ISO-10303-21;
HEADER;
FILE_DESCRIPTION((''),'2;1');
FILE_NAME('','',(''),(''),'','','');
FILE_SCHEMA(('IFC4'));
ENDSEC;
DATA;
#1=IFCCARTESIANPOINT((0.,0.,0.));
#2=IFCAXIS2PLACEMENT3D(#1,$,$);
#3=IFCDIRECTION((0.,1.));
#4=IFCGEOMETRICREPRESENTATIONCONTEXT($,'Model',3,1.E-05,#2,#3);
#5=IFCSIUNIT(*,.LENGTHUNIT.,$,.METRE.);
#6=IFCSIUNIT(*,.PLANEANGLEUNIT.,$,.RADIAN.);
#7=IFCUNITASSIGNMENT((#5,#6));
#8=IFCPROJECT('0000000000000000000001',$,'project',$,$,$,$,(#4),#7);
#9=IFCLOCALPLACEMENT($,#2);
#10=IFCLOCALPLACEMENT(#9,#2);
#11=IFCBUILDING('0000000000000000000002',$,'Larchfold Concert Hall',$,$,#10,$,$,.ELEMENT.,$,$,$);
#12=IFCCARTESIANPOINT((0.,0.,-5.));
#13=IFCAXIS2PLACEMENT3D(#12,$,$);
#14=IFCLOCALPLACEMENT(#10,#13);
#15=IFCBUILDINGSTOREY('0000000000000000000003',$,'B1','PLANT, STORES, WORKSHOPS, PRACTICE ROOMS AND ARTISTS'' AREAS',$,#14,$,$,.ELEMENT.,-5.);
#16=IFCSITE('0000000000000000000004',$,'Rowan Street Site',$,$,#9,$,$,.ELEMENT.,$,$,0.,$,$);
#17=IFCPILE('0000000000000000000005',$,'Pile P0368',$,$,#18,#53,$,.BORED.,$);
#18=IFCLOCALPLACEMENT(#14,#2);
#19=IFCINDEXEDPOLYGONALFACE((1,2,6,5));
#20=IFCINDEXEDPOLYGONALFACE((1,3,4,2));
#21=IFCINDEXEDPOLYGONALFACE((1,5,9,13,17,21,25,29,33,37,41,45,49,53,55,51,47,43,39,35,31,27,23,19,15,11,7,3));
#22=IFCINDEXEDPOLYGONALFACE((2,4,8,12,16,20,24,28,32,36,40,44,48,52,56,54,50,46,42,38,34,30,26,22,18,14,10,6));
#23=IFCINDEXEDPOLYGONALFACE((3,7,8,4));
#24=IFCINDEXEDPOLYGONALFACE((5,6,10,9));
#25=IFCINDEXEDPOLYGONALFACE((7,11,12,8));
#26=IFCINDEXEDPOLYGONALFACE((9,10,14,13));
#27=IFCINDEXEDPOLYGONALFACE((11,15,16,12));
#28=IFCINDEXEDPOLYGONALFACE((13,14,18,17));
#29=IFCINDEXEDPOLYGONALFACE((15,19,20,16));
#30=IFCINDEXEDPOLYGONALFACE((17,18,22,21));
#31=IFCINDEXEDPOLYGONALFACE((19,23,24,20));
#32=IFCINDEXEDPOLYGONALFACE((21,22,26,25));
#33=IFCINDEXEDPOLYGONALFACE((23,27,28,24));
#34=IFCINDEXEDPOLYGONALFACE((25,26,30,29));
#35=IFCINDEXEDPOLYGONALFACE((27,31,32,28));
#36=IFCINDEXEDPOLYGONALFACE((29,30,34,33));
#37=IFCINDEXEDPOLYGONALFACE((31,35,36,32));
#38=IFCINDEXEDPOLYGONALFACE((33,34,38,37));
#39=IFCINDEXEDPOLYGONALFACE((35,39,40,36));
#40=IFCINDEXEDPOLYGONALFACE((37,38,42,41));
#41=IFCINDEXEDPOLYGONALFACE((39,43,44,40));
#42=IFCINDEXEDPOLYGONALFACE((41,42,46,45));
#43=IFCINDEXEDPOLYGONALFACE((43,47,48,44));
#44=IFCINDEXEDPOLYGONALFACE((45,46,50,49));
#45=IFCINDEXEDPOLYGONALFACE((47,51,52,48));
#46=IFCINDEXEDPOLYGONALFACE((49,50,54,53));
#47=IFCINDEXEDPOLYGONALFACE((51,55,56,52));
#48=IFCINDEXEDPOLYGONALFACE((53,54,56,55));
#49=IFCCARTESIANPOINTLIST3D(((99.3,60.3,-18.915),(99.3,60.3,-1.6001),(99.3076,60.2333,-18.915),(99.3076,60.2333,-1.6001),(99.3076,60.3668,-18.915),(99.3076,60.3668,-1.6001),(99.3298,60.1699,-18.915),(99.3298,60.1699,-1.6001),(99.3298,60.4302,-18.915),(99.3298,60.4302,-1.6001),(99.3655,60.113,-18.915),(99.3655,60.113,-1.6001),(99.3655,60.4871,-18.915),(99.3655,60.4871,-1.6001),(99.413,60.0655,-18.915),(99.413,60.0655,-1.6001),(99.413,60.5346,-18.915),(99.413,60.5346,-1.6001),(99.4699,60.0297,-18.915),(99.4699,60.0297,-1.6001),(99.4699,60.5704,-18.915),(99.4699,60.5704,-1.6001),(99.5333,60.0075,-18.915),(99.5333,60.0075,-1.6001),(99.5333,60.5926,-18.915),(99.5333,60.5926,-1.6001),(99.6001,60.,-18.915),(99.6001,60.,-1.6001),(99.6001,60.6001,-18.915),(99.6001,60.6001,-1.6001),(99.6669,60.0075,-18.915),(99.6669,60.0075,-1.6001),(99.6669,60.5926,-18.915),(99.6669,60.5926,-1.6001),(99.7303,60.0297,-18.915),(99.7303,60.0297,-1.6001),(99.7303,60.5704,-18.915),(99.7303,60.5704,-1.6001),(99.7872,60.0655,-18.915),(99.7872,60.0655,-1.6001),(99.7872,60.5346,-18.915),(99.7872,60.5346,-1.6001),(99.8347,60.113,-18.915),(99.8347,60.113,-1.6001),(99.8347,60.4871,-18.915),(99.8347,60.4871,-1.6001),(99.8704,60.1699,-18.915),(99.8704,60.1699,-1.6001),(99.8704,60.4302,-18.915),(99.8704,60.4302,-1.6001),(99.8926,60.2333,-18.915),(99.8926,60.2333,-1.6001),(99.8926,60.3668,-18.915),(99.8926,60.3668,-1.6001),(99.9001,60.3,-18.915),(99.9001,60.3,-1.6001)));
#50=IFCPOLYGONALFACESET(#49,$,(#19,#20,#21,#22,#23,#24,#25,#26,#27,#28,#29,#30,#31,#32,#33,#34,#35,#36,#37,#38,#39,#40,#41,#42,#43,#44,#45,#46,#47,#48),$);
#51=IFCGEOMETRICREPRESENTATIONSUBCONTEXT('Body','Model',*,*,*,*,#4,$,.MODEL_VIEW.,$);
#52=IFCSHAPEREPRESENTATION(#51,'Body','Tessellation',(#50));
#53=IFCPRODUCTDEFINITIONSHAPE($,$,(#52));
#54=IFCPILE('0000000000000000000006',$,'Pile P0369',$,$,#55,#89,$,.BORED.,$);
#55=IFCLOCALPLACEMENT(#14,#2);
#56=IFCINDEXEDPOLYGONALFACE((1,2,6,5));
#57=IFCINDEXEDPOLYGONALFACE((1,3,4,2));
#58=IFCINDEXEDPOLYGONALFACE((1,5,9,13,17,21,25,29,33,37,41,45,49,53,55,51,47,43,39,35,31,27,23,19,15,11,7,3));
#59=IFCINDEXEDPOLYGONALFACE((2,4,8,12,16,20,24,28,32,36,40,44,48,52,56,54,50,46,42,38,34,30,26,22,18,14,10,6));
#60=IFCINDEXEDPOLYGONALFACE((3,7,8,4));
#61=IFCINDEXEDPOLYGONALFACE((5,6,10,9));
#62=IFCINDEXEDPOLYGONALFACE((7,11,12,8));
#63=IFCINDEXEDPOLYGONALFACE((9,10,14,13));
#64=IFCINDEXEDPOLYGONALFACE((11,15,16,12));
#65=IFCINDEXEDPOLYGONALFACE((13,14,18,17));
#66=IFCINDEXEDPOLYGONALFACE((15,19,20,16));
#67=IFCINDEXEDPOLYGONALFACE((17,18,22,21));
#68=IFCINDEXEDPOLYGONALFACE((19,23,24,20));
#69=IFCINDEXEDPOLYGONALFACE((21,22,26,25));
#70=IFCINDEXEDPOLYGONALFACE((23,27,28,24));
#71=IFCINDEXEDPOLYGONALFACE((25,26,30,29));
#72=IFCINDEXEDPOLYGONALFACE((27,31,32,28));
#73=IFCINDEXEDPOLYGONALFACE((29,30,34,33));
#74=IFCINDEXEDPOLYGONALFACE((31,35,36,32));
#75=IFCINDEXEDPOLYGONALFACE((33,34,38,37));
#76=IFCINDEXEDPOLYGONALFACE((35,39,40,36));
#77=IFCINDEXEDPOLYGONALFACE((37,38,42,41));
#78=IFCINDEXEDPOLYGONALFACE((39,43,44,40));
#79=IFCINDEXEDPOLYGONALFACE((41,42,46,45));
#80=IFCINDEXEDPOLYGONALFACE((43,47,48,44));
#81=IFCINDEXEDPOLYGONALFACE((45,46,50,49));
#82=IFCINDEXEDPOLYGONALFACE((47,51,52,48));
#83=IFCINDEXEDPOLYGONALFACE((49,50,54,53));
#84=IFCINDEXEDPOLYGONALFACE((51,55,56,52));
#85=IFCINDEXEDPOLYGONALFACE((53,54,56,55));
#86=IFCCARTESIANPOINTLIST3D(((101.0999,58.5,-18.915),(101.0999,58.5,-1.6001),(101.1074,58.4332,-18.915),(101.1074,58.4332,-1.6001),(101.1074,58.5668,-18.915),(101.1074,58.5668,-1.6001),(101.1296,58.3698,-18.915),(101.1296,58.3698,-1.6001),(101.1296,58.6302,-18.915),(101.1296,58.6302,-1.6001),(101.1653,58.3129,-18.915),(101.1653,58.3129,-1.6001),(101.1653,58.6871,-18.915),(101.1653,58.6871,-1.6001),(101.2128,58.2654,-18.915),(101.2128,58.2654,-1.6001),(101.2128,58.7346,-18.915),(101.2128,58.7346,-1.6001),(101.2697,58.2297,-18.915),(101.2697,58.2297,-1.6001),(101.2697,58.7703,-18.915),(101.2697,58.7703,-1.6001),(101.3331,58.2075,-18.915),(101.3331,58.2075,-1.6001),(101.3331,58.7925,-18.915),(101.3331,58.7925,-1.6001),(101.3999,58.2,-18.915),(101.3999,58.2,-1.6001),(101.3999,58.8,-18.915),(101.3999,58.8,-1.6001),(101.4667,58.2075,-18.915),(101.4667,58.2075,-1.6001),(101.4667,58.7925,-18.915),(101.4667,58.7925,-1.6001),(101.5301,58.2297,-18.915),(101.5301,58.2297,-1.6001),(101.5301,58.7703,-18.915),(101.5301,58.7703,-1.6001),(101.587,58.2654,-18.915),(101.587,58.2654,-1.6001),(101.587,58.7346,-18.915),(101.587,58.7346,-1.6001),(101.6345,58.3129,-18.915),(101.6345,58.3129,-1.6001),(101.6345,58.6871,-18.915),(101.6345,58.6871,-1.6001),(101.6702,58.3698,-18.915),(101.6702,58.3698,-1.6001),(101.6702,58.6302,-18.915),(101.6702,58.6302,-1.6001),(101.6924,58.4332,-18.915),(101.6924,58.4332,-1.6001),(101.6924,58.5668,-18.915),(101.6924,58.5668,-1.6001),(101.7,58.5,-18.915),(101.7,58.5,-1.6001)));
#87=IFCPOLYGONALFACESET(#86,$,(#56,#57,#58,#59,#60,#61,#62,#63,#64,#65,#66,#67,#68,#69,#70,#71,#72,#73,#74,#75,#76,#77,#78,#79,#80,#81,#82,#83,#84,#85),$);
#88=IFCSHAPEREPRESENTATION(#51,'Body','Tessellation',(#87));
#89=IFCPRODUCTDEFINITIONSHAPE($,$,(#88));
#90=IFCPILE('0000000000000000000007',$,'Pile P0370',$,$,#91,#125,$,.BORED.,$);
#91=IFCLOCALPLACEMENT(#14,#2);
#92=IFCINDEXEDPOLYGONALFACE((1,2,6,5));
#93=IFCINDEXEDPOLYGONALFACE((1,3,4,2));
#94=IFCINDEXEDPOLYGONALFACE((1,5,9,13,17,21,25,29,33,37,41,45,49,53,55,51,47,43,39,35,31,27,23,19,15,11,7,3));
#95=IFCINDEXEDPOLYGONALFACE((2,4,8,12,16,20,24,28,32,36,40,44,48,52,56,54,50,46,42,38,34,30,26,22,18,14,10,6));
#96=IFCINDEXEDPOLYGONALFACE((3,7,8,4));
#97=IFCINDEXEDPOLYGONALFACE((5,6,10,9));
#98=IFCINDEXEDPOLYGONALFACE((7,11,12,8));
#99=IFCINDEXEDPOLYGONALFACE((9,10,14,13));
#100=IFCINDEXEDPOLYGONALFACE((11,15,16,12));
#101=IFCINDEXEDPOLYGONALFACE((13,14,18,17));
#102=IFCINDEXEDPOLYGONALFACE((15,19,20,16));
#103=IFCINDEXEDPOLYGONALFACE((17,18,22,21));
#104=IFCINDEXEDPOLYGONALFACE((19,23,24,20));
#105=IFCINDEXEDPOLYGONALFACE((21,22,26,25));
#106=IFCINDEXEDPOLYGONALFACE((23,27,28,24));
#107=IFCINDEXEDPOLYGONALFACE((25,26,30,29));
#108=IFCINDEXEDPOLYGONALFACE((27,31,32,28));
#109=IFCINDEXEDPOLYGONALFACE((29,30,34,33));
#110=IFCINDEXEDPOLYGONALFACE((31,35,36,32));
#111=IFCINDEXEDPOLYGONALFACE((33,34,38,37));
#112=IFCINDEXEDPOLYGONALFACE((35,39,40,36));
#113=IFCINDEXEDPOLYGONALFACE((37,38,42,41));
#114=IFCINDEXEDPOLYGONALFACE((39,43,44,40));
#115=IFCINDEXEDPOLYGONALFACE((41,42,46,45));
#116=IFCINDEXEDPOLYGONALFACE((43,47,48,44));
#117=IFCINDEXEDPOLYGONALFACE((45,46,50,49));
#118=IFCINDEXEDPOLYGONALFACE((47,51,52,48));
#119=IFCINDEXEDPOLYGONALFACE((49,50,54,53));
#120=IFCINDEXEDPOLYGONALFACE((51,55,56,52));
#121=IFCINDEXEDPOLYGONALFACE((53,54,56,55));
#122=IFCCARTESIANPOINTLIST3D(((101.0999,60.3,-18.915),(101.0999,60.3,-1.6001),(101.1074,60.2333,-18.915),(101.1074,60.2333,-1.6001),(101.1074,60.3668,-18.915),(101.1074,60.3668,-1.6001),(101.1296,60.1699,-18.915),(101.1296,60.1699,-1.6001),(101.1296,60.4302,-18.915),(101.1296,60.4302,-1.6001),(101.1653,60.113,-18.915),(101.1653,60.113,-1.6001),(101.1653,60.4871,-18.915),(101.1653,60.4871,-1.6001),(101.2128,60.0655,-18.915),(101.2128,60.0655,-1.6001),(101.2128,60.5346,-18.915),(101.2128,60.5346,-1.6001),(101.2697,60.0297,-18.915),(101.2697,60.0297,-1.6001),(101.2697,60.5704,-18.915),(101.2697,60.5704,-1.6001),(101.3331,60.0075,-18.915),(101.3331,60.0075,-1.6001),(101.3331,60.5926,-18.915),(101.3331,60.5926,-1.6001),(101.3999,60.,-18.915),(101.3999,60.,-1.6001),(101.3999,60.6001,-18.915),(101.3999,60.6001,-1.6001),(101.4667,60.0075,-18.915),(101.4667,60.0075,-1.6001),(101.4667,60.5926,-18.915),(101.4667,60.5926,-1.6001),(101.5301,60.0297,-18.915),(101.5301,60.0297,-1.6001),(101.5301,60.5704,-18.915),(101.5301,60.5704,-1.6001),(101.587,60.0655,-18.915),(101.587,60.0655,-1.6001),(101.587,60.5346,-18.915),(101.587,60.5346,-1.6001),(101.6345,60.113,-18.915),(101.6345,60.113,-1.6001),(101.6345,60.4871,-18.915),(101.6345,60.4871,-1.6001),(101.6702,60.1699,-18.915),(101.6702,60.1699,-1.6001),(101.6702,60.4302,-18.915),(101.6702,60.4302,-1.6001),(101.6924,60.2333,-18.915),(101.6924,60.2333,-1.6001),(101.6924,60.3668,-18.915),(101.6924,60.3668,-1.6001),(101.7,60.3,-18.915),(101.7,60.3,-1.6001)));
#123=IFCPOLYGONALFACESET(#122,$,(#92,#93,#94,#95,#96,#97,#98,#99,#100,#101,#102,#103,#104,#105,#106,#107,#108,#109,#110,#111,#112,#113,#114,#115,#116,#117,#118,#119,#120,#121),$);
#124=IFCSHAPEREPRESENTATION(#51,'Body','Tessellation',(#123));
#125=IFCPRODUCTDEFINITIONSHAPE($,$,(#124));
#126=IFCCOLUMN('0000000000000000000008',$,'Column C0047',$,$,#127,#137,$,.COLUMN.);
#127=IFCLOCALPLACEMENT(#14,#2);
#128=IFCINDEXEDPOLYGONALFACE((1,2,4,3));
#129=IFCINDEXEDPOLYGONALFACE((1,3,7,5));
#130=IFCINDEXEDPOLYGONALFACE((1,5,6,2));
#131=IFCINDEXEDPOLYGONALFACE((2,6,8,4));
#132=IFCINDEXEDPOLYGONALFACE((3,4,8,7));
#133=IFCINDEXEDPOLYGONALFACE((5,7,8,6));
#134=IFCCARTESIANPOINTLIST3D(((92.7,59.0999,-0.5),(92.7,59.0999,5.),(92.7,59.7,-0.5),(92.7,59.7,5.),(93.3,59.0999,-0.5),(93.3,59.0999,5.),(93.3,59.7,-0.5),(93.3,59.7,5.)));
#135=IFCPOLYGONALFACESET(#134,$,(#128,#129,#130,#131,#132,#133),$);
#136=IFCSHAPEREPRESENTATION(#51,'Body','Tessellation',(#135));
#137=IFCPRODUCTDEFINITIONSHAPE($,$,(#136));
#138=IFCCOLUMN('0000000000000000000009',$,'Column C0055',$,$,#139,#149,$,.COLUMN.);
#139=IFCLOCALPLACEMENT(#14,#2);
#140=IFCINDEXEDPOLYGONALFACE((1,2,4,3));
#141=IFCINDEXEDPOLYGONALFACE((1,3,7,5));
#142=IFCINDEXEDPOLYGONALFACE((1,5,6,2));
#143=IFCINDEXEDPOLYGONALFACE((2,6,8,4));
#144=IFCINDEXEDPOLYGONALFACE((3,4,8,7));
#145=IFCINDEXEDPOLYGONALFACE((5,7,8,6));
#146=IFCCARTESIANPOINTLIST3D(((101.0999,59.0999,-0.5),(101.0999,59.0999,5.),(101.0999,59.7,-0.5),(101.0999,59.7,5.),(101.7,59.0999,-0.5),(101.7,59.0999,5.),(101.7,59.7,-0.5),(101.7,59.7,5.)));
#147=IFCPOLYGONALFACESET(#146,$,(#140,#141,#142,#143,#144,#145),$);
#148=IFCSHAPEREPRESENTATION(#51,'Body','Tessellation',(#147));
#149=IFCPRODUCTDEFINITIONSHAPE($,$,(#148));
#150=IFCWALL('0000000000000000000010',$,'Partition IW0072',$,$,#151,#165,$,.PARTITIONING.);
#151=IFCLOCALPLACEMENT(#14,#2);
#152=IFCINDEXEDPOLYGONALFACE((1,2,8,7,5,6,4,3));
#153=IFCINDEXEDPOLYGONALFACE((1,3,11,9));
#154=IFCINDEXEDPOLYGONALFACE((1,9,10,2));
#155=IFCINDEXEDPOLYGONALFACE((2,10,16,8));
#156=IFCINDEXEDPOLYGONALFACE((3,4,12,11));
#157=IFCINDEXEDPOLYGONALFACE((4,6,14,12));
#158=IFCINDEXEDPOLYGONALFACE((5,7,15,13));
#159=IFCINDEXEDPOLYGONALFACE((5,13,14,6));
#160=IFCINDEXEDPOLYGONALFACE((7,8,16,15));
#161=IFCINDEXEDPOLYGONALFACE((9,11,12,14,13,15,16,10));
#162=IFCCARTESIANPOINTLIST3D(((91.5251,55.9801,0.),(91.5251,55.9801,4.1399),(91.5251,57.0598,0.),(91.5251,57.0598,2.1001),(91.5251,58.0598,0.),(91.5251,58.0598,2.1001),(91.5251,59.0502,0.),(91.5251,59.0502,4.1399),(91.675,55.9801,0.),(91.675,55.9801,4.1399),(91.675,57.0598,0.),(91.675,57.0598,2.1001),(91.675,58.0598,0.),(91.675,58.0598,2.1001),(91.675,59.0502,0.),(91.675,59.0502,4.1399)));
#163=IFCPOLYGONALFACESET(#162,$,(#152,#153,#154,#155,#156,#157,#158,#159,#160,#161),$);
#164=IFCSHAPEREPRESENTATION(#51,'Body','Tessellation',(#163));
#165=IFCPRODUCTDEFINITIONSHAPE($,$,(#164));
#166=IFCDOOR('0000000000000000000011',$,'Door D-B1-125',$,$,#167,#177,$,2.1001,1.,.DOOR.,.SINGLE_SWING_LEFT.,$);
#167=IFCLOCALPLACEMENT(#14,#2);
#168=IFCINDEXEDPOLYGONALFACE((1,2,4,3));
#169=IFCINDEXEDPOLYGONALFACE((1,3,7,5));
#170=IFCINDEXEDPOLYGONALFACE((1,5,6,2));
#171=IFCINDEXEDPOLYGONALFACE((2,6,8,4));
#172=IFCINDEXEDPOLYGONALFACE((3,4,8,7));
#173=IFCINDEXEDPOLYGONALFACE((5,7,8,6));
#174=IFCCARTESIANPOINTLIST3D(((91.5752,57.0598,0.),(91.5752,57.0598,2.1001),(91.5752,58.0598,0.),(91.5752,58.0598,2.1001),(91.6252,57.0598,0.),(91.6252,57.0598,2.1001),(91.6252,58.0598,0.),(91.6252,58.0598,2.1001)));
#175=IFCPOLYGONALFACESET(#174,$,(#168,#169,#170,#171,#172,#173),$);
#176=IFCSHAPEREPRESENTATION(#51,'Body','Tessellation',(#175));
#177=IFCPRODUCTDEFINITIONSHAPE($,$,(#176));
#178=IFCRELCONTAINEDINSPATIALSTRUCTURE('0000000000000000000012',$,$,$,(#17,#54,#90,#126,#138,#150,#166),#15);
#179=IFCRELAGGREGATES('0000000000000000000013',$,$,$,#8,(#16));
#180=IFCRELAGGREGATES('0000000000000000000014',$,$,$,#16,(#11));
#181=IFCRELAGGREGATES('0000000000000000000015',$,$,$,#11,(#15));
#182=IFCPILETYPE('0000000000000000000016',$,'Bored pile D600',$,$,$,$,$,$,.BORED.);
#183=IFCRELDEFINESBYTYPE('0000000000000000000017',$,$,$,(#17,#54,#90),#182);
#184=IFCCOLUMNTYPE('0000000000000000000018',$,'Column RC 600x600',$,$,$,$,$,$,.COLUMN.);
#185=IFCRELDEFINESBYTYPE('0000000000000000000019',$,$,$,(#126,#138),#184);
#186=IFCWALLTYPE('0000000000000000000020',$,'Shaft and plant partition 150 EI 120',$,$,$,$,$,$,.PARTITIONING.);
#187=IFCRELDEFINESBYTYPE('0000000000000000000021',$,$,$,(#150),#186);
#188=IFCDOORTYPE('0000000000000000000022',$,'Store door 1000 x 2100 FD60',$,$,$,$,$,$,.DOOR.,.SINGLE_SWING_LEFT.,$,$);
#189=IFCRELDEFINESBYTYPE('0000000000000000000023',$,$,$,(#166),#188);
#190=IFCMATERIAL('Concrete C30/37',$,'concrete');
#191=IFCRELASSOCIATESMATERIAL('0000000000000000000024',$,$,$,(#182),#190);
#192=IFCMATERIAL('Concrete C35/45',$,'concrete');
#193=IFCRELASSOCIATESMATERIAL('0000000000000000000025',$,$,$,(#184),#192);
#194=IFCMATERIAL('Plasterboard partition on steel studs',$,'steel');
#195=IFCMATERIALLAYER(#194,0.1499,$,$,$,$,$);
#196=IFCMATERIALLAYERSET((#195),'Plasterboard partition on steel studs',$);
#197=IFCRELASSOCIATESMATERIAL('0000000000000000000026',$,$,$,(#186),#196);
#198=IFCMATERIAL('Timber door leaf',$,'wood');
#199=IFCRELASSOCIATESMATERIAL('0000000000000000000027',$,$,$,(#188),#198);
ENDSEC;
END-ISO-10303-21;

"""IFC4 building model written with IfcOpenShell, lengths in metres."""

from ifc_helpers import new_model, si_unit, direction, frame, frame_2d, origin, origin_2d, place, context, subcontext, project, spatial, rectangle, circle, extrude, material, layer, layer_set, material_profile, profile_set, type_object, element, fill, save


model = new_model("IFC4")

# Units and contexts
model_context = context("Model", 3, precision=1e-05, world=origin(), true_north=direction((0.0, 1.0)))
body_context = subcontext(model_context, "Body", "Model", "MODEL_VIEW")
ifc_project = project(units=[si_unit("LENGTHUNIT", "METRE"), si_unit("PLANEANGLEUNIT", "RADIAN")], contexts=[model_context])

# Site, building, storey
site_placement = place(None, origin())
site = spatial("IfcSite", under=ifc_project, at=site_placement, Name="Rowan Street Site", CompositionType="ELEMENT", RefElevation=0.0)
building_placement = place(site_placement, origin())
building = spatial("IfcBuilding", under=site, at=building_placement, Name="Larchfold Concert Hall", CompositionType="ELEMENT")
storey_placement = place(building_placement, frame((0.0, 0.0, -5.0)))
storey = spatial("IfcBuildingStorey", under=building, at=storey_placement, Name="B1", Description="PLANT, STORES, WORKSHOPS, PRACTICE ROOMS AND ARTISTS' AREAS", CompositionType="ELEMENT", Elevation=-5.0)

# Piles
ifc_material_1 = material(Name="Concrete C30/37", Category="concrete")
ifc_material_profile_1 = material_profile(ifc_material_1, circle(Radius=0.3, at=origin_2d()))
ifc_profile_set_1 = profile_set([ifc_material_profile_1], Name="Concrete C30/37")
pile_type = type_object("IfcPileType", Name="Bored pile D600", PredefinedType="BORED", material=ifc_profile_set_1)
for number, where, z_axis, x_axis, name in (
    (1, (99.6001, 60.3, -1.6001), (0.0, 0.0, -1.0), (1.0, 0.0, 0.0), "Pile P0368"),
    (2, (101.3999, 58.5, -1.6001), (0.0, 0.0, -1.0), (1.0, 0.0, 0.0), "Pile P0369"),
    (3, (101.3999, 60.3, -1.6001), (0.0, 0.0, -1.0), (1.0, 0.0, 0.0), "Pile P0370"),
):
    element("IfcPile", number, at=place(storey_placement, frame(where, z_axis=z_axis, x_axis=x_axis)), inside=storey, type_object=pile_type, Name=name, PredefinedType="BORED", context=body_context, shape_type="SweptSolid", body=[
        extrude(circle(Radius=0.3, at=origin_2d()), origin(), (0.0, 0.0, 1.0), 17.3149),
    ])

# Columns
ifc_material_2 = material(Name="Concrete C35/45", Category="concrete")
ifc_material_profile_2 = material_profile(ifc_material_2, rectangle(XDim=0.6001, YDim=0.6001, at=origin_2d()))
ifc_profile_set_2 = profile_set([ifc_material_profile_2], Name="Concrete C35/45")
column_type = type_object("IfcColumnType", Name="Column RC 600x600", PredefinedType="COLUMN", material=ifc_profile_set_2)
for number, where, z_axis, x_axis, name in (
    (4, (93.0, 59.3999, -0.5), (0.0, 0.0, 1.0), (1.0, 0.0, 0.0), "Column C0047"),
    (5, (101.3999, 59.3999, -0.5), (0.0, 0.0, 1.0), (1.0, 0.0, 0.0), "Column C0055"),
):
    element("IfcColumn", number, at=place(storey_placement, frame(where, z_axis=z_axis, x_axis=x_axis)), inside=storey, type_object=column_type, Name=name, PredefinedType="COLUMN", context=body_context, shape_type="SweptSolid", body=[
        extrude(rectangle(XDim=0.6001, YDim=0.6001, at=origin_2d()), origin(), (0.0, 0.0, 1.0), 5.5),
    ])

# Wall, opening, door
ifc_material_3 = material(Name="Plasterboard partition on steel studs", Category="steel")
ifc_layer_1 = layer(ifc_material_3, 0.1499)
ifc_layer_set_1 = layer_set([ifc_layer_1], Name="Plasterboard partition on steel studs")
wall_type_1 = type_object("IfcWallType", Name="Shaft and plant partition 150 EI 120", PredefinedType="PARTITIONING", material=ifc_layer_set_1)
wall_1_placement = place(storey_placement, frame((91.6001, 55.98, 0.0), z_axis=(0.0, 0.0, 1.0), x_axis=(0.0, 1.0, 0.0)))
wall_1 = element("IfcWall", 6, at=wall_1_placement, inside=storey, type_object=wall_type_1, Name="Partition IW0072", PredefinedType="PARTITIONING", context=body_context, shape_type="SweptSolid", body=[
    extrude(rectangle(XDim=3.0701, YDim=0.1499, at=frame_2d((1.5352, 0.0))), origin(), (0.0, 0.0, 1.0), 4.1399),
])
opening_1_placement = place(wall_1_placement, frame((1.0798, 0.0, 0.0)))
opening_1 = element("IfcOpeningElement", 7, at=opening_1_placement, cuts=wall_1, PredefinedType="OPENING", context=body_context, shape_type="SweptSolid", body=[
    extrude(rectangle(XDim=1.0, YDim=2.1001, at=frame_2d((0.5, 1.05))), frame((0.0, 0.085, 0.0), z_axis=(0.0, -1.0, 0.0), x_axis=(1.0, 0.0, 0.0)), (0.0, 0.0, 1.0), 0.1699),
])
ifc_material_4 = material(Name="Timber door leaf", Category="wood")
door_type = type_object("IfcDoorType", Name="Store door 1000 x 2100 FD60", OperationType="SINGLE_SWING_LEFT", PredefinedType="DOOR", material=ifc_material_4)
door_1_placement = place(opening_1_placement, origin())
door_1 = element("IfcDoor", 8, at=door_1_placement, inside=storey, type_object=door_type, Name="Door D-B1-125", OperationType="SINGLE_SWING_LEFT", OverallHeight=2.1001, OverallWidth=1.0, PredefinedType="DOOR", context=body_context, shape_type="SweptSolid", body=[
    extrude(rectangle(XDim=1.0, YDim=2.1001, at=frame_2d((0.5, 1.05))), frame((0.0, 0.0249, 0.0), z_axis=(0.0, -1.0, 0.0), x_axis=(1.0, 0.0, 0.0)), (0.0, 0.0, 1.0), 0.05),
])
fill(opening_1, door_1)

save(model, "model.ifc")
